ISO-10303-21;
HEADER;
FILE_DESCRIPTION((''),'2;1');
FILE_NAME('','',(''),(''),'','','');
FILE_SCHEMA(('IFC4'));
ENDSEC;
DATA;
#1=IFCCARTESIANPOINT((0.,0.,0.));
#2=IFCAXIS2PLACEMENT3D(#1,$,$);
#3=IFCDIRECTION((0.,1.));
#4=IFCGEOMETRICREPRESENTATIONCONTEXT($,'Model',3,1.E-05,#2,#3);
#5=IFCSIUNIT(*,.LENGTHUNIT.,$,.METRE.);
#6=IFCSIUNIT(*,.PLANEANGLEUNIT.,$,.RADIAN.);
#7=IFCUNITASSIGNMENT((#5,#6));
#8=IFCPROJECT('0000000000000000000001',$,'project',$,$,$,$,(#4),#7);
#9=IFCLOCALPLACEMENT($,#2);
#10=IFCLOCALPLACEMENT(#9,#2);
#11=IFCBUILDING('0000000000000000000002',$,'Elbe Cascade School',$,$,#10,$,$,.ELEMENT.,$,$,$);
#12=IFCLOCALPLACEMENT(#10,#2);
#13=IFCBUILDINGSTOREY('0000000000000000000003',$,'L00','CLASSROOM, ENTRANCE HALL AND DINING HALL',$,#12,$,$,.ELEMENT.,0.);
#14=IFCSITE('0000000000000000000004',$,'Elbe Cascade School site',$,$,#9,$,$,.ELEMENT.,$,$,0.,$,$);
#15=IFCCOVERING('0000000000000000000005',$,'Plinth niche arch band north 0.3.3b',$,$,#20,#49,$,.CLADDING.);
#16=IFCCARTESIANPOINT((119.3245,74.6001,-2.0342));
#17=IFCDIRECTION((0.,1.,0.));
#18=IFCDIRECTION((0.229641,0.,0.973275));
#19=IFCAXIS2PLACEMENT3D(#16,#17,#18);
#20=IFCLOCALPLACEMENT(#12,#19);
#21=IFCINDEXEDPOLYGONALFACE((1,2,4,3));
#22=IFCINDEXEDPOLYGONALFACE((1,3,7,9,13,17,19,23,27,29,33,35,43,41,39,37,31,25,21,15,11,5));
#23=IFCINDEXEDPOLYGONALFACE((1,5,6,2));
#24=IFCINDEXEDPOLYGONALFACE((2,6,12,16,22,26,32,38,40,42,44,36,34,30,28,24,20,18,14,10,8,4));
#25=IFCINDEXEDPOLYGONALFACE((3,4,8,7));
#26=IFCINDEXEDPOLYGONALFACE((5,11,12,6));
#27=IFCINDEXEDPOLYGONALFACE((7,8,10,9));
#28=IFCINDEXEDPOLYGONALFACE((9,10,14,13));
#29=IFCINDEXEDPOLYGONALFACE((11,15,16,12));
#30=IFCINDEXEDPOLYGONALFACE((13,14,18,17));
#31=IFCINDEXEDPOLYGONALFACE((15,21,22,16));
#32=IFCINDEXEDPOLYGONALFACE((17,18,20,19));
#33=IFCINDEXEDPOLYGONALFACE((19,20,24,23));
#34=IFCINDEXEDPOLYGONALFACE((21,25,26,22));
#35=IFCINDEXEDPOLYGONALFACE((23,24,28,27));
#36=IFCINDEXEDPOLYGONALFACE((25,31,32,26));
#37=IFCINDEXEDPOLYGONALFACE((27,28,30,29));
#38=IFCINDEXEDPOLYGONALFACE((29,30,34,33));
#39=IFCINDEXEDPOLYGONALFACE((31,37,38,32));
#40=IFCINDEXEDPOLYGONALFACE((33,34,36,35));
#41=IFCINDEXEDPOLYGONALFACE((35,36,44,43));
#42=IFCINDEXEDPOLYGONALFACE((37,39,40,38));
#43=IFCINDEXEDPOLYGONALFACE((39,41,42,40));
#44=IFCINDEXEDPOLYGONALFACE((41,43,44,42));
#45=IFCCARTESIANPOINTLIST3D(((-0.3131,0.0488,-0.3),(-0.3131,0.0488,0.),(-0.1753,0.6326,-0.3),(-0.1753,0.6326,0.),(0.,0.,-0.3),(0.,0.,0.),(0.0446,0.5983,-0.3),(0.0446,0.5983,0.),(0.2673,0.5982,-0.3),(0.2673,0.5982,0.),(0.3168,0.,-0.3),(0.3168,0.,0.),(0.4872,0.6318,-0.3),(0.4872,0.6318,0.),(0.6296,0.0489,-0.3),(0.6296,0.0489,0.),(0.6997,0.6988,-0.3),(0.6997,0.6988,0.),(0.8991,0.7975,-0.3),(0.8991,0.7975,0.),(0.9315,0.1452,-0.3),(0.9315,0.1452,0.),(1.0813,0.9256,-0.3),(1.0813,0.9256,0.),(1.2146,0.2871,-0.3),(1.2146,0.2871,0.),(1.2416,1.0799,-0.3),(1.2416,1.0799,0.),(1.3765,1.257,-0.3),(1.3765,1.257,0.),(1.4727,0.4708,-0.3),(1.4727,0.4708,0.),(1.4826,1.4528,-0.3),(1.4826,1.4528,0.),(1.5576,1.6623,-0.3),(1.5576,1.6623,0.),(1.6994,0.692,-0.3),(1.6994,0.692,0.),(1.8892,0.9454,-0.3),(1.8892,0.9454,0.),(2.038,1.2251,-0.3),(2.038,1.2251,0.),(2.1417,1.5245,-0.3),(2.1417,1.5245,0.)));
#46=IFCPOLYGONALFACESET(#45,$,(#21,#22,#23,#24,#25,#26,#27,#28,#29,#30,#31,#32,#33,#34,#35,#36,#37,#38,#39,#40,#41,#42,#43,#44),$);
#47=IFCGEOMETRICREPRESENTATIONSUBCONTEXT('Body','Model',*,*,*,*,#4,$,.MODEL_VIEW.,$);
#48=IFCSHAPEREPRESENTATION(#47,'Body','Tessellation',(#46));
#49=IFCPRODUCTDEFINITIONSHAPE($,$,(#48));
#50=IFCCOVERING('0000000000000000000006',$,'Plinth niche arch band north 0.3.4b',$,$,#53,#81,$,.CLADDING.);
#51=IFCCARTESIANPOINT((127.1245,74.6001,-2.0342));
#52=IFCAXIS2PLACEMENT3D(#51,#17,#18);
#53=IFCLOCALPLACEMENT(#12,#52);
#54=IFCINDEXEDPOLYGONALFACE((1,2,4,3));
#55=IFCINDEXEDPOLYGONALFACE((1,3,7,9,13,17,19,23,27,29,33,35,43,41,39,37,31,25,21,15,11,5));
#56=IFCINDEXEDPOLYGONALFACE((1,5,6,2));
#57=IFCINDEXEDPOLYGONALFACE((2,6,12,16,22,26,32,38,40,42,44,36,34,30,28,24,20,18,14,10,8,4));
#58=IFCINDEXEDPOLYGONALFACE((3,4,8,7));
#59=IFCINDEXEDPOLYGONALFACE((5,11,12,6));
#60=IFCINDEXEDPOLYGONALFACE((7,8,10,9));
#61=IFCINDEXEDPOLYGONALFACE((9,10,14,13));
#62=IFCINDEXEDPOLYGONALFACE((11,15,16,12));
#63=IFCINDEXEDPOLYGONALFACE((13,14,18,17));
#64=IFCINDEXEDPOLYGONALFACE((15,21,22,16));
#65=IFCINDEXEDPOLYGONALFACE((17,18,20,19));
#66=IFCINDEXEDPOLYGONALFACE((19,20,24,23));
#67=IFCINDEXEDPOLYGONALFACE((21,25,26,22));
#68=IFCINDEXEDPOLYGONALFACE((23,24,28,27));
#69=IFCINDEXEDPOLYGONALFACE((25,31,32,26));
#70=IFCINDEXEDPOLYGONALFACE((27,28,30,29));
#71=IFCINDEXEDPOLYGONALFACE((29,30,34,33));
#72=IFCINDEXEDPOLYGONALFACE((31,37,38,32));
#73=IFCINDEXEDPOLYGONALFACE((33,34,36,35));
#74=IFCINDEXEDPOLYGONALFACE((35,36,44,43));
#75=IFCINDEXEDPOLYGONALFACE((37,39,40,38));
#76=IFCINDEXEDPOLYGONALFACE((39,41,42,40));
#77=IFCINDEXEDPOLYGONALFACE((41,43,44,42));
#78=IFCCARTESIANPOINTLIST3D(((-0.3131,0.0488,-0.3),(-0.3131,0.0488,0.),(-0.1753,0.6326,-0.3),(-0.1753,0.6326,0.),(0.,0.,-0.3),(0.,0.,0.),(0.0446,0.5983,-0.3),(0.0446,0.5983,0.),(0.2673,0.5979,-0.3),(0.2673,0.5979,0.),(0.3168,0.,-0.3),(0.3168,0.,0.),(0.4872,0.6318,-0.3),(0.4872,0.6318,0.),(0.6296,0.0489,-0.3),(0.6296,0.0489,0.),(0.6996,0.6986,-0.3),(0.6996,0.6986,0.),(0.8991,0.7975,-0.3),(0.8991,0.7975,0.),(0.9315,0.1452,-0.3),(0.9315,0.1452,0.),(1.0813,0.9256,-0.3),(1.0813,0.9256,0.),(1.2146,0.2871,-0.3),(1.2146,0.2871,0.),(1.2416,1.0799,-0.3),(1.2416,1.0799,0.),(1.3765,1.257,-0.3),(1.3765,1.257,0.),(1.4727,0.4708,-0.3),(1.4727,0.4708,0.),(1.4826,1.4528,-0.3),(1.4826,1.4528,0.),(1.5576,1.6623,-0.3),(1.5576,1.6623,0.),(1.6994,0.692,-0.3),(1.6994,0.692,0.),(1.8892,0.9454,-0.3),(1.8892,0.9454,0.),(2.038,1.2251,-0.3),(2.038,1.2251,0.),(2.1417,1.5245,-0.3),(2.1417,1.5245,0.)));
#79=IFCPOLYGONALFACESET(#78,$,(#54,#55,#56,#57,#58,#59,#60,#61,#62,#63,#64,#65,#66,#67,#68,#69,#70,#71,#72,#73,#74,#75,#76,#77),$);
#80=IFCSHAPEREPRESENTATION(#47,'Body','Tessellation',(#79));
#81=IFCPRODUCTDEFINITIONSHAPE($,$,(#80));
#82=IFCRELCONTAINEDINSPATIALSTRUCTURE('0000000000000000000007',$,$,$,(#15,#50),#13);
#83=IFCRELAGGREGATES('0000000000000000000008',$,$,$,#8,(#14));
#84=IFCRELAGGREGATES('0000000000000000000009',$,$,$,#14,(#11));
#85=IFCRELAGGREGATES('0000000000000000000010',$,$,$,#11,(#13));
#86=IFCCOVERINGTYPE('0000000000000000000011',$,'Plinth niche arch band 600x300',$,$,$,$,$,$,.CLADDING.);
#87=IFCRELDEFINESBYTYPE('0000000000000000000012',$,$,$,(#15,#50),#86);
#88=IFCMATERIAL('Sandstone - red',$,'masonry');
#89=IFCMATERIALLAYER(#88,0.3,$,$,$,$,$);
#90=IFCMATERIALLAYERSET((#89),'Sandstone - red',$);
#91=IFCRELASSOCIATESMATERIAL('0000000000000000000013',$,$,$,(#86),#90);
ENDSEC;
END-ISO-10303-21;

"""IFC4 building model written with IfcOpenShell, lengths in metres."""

from ifc_helpers import new_model, si_unit, direction, frame, origin, place, context, subcontext, project, spatial, polyline, outline, extrude, material, layer, layer_set, type_object, element, save


model = new_model("IFC4")

# Units and contexts
model_context = context("Model", 3, precision=1e-05, world=origin(), true_north=direction((0.0, 1.0)))
body_context = subcontext(model_context, "Body", "Model", "MODEL_VIEW")
ifc_project = project(units=[si_unit("LENGTHUNIT", "METRE"), si_unit("PLANEANGLEUNIT", "RADIAN")], contexts=[model_context])

# Site, building, storey
site_placement = place(None, origin())
site = spatial("IfcSite", under=ifc_project, at=site_placement, Name="Elbe Cascade School site", CompositionType="ELEMENT", RefElevation=0.0)
building_placement = place(site_placement, origin())
building = spatial("IfcBuilding", under=site, at=building_placement, Name="Elbe Cascade School", CompositionType="ELEMENT")
storey_placement = place(building_placement, origin())
storey = spatial("IfcBuildingStorey", under=building, at=storey_placement, Name="L00", Description="CLASSROOM, ENTRANCE HALL AND DINING HALL", CompositionType="ELEMENT", Elevation=0.0)

# Coverings
ifc_material_1 = material(Name="Sandstone - red", Category="masonry")
ifc_layer_1 = layer(ifc_material_1, 0.3)
ifc_layer_set_1 = layer_set([ifc_layer_1], Name="Sandstone - red")
covering_type_1 = type_object("IfcCoveringType", Name="Plinth niche arch band 600x300", PredefinedType="CLADDING", material=ifc_layer_set_1)
covering_1_placement = place(storey_placement, frame((119.3245, 74.6001, -2.0342), z_axis=(0.0, 1.0, 0.0), x_axis=(0.229641, 0.0, 0.973275)))
element("IfcCovering", 1, at=covering_1_placement, inside=storey, type_object=covering_type_1, Name="Plinth niche arch band north 0.3.3b", PredefinedType="CLADDING", context=body_context, shape_type="SweptSolid", body=[
    extrude(outline(polyline([(0.0, 0.0), (0.3168, 0.0), (0.6296, 0.0489), (0.9315, 0.1452), (1.2146, 0.2871), (1.4727, 0.4708), (1.6994, 0.692), (1.8892, 0.9454), (2.038, 1.2251), (2.1417, 1.5245), (1.5576, 1.6623), (1.4826, 1.4528), (1.3765, 1.257), (1.2416, 1.0799), (1.0813, 0.9256), (0.8991, 0.7975), (0.6997, 0.6988), (0.4872, 0.6318), (0.2673, 0.5982), (0.0446, 0.5983), (-0.1753, 0.6326), (-0.3131, 0.0488), (0.0, 0.0)])), origin(), (0.0, 0.0, -1.0), 0.3),
])
covering_2_placement = place(storey_placement, frame((127.1245, 74.6001, -2.0342), z_axis=(0.0, 1.0, 0.0), x_axis=(0.229641, 0.0, 0.973275)))
element("IfcCovering", 2, at=covering_2_placement, inside=storey, type_object=covering_type_1, Name="Plinth niche arch band north 0.3.4b", PredefinedType="CLADDING", context=body_context, shape_type="SweptSolid", body=[
    extrude(outline(polyline([(0.0, 0.0), (0.3168, 0.0), (0.6296, 0.0489), (0.9315, 0.1452), (1.2146, 0.2871), (1.4727, 0.4708), (1.6994, 0.692), (1.8892, 0.9454), (2.038, 1.2251), (2.1417, 1.5245), (1.5576, 1.6623), (1.4826, 1.4528), (1.3765, 1.257), (1.2416, 1.0799), (1.0813, 0.9256), (0.8991, 0.7975), (0.6996, 0.6986), (0.4872, 0.6318), (0.2673, 0.5979), (0.0446, 0.5983), (-0.1753, 0.6326), (-0.3131, 0.0488), (0.0, 0.0)])), origin(), (0.0, 0.0, -1.0), 0.3),
])

save(model, "model.ifc")
